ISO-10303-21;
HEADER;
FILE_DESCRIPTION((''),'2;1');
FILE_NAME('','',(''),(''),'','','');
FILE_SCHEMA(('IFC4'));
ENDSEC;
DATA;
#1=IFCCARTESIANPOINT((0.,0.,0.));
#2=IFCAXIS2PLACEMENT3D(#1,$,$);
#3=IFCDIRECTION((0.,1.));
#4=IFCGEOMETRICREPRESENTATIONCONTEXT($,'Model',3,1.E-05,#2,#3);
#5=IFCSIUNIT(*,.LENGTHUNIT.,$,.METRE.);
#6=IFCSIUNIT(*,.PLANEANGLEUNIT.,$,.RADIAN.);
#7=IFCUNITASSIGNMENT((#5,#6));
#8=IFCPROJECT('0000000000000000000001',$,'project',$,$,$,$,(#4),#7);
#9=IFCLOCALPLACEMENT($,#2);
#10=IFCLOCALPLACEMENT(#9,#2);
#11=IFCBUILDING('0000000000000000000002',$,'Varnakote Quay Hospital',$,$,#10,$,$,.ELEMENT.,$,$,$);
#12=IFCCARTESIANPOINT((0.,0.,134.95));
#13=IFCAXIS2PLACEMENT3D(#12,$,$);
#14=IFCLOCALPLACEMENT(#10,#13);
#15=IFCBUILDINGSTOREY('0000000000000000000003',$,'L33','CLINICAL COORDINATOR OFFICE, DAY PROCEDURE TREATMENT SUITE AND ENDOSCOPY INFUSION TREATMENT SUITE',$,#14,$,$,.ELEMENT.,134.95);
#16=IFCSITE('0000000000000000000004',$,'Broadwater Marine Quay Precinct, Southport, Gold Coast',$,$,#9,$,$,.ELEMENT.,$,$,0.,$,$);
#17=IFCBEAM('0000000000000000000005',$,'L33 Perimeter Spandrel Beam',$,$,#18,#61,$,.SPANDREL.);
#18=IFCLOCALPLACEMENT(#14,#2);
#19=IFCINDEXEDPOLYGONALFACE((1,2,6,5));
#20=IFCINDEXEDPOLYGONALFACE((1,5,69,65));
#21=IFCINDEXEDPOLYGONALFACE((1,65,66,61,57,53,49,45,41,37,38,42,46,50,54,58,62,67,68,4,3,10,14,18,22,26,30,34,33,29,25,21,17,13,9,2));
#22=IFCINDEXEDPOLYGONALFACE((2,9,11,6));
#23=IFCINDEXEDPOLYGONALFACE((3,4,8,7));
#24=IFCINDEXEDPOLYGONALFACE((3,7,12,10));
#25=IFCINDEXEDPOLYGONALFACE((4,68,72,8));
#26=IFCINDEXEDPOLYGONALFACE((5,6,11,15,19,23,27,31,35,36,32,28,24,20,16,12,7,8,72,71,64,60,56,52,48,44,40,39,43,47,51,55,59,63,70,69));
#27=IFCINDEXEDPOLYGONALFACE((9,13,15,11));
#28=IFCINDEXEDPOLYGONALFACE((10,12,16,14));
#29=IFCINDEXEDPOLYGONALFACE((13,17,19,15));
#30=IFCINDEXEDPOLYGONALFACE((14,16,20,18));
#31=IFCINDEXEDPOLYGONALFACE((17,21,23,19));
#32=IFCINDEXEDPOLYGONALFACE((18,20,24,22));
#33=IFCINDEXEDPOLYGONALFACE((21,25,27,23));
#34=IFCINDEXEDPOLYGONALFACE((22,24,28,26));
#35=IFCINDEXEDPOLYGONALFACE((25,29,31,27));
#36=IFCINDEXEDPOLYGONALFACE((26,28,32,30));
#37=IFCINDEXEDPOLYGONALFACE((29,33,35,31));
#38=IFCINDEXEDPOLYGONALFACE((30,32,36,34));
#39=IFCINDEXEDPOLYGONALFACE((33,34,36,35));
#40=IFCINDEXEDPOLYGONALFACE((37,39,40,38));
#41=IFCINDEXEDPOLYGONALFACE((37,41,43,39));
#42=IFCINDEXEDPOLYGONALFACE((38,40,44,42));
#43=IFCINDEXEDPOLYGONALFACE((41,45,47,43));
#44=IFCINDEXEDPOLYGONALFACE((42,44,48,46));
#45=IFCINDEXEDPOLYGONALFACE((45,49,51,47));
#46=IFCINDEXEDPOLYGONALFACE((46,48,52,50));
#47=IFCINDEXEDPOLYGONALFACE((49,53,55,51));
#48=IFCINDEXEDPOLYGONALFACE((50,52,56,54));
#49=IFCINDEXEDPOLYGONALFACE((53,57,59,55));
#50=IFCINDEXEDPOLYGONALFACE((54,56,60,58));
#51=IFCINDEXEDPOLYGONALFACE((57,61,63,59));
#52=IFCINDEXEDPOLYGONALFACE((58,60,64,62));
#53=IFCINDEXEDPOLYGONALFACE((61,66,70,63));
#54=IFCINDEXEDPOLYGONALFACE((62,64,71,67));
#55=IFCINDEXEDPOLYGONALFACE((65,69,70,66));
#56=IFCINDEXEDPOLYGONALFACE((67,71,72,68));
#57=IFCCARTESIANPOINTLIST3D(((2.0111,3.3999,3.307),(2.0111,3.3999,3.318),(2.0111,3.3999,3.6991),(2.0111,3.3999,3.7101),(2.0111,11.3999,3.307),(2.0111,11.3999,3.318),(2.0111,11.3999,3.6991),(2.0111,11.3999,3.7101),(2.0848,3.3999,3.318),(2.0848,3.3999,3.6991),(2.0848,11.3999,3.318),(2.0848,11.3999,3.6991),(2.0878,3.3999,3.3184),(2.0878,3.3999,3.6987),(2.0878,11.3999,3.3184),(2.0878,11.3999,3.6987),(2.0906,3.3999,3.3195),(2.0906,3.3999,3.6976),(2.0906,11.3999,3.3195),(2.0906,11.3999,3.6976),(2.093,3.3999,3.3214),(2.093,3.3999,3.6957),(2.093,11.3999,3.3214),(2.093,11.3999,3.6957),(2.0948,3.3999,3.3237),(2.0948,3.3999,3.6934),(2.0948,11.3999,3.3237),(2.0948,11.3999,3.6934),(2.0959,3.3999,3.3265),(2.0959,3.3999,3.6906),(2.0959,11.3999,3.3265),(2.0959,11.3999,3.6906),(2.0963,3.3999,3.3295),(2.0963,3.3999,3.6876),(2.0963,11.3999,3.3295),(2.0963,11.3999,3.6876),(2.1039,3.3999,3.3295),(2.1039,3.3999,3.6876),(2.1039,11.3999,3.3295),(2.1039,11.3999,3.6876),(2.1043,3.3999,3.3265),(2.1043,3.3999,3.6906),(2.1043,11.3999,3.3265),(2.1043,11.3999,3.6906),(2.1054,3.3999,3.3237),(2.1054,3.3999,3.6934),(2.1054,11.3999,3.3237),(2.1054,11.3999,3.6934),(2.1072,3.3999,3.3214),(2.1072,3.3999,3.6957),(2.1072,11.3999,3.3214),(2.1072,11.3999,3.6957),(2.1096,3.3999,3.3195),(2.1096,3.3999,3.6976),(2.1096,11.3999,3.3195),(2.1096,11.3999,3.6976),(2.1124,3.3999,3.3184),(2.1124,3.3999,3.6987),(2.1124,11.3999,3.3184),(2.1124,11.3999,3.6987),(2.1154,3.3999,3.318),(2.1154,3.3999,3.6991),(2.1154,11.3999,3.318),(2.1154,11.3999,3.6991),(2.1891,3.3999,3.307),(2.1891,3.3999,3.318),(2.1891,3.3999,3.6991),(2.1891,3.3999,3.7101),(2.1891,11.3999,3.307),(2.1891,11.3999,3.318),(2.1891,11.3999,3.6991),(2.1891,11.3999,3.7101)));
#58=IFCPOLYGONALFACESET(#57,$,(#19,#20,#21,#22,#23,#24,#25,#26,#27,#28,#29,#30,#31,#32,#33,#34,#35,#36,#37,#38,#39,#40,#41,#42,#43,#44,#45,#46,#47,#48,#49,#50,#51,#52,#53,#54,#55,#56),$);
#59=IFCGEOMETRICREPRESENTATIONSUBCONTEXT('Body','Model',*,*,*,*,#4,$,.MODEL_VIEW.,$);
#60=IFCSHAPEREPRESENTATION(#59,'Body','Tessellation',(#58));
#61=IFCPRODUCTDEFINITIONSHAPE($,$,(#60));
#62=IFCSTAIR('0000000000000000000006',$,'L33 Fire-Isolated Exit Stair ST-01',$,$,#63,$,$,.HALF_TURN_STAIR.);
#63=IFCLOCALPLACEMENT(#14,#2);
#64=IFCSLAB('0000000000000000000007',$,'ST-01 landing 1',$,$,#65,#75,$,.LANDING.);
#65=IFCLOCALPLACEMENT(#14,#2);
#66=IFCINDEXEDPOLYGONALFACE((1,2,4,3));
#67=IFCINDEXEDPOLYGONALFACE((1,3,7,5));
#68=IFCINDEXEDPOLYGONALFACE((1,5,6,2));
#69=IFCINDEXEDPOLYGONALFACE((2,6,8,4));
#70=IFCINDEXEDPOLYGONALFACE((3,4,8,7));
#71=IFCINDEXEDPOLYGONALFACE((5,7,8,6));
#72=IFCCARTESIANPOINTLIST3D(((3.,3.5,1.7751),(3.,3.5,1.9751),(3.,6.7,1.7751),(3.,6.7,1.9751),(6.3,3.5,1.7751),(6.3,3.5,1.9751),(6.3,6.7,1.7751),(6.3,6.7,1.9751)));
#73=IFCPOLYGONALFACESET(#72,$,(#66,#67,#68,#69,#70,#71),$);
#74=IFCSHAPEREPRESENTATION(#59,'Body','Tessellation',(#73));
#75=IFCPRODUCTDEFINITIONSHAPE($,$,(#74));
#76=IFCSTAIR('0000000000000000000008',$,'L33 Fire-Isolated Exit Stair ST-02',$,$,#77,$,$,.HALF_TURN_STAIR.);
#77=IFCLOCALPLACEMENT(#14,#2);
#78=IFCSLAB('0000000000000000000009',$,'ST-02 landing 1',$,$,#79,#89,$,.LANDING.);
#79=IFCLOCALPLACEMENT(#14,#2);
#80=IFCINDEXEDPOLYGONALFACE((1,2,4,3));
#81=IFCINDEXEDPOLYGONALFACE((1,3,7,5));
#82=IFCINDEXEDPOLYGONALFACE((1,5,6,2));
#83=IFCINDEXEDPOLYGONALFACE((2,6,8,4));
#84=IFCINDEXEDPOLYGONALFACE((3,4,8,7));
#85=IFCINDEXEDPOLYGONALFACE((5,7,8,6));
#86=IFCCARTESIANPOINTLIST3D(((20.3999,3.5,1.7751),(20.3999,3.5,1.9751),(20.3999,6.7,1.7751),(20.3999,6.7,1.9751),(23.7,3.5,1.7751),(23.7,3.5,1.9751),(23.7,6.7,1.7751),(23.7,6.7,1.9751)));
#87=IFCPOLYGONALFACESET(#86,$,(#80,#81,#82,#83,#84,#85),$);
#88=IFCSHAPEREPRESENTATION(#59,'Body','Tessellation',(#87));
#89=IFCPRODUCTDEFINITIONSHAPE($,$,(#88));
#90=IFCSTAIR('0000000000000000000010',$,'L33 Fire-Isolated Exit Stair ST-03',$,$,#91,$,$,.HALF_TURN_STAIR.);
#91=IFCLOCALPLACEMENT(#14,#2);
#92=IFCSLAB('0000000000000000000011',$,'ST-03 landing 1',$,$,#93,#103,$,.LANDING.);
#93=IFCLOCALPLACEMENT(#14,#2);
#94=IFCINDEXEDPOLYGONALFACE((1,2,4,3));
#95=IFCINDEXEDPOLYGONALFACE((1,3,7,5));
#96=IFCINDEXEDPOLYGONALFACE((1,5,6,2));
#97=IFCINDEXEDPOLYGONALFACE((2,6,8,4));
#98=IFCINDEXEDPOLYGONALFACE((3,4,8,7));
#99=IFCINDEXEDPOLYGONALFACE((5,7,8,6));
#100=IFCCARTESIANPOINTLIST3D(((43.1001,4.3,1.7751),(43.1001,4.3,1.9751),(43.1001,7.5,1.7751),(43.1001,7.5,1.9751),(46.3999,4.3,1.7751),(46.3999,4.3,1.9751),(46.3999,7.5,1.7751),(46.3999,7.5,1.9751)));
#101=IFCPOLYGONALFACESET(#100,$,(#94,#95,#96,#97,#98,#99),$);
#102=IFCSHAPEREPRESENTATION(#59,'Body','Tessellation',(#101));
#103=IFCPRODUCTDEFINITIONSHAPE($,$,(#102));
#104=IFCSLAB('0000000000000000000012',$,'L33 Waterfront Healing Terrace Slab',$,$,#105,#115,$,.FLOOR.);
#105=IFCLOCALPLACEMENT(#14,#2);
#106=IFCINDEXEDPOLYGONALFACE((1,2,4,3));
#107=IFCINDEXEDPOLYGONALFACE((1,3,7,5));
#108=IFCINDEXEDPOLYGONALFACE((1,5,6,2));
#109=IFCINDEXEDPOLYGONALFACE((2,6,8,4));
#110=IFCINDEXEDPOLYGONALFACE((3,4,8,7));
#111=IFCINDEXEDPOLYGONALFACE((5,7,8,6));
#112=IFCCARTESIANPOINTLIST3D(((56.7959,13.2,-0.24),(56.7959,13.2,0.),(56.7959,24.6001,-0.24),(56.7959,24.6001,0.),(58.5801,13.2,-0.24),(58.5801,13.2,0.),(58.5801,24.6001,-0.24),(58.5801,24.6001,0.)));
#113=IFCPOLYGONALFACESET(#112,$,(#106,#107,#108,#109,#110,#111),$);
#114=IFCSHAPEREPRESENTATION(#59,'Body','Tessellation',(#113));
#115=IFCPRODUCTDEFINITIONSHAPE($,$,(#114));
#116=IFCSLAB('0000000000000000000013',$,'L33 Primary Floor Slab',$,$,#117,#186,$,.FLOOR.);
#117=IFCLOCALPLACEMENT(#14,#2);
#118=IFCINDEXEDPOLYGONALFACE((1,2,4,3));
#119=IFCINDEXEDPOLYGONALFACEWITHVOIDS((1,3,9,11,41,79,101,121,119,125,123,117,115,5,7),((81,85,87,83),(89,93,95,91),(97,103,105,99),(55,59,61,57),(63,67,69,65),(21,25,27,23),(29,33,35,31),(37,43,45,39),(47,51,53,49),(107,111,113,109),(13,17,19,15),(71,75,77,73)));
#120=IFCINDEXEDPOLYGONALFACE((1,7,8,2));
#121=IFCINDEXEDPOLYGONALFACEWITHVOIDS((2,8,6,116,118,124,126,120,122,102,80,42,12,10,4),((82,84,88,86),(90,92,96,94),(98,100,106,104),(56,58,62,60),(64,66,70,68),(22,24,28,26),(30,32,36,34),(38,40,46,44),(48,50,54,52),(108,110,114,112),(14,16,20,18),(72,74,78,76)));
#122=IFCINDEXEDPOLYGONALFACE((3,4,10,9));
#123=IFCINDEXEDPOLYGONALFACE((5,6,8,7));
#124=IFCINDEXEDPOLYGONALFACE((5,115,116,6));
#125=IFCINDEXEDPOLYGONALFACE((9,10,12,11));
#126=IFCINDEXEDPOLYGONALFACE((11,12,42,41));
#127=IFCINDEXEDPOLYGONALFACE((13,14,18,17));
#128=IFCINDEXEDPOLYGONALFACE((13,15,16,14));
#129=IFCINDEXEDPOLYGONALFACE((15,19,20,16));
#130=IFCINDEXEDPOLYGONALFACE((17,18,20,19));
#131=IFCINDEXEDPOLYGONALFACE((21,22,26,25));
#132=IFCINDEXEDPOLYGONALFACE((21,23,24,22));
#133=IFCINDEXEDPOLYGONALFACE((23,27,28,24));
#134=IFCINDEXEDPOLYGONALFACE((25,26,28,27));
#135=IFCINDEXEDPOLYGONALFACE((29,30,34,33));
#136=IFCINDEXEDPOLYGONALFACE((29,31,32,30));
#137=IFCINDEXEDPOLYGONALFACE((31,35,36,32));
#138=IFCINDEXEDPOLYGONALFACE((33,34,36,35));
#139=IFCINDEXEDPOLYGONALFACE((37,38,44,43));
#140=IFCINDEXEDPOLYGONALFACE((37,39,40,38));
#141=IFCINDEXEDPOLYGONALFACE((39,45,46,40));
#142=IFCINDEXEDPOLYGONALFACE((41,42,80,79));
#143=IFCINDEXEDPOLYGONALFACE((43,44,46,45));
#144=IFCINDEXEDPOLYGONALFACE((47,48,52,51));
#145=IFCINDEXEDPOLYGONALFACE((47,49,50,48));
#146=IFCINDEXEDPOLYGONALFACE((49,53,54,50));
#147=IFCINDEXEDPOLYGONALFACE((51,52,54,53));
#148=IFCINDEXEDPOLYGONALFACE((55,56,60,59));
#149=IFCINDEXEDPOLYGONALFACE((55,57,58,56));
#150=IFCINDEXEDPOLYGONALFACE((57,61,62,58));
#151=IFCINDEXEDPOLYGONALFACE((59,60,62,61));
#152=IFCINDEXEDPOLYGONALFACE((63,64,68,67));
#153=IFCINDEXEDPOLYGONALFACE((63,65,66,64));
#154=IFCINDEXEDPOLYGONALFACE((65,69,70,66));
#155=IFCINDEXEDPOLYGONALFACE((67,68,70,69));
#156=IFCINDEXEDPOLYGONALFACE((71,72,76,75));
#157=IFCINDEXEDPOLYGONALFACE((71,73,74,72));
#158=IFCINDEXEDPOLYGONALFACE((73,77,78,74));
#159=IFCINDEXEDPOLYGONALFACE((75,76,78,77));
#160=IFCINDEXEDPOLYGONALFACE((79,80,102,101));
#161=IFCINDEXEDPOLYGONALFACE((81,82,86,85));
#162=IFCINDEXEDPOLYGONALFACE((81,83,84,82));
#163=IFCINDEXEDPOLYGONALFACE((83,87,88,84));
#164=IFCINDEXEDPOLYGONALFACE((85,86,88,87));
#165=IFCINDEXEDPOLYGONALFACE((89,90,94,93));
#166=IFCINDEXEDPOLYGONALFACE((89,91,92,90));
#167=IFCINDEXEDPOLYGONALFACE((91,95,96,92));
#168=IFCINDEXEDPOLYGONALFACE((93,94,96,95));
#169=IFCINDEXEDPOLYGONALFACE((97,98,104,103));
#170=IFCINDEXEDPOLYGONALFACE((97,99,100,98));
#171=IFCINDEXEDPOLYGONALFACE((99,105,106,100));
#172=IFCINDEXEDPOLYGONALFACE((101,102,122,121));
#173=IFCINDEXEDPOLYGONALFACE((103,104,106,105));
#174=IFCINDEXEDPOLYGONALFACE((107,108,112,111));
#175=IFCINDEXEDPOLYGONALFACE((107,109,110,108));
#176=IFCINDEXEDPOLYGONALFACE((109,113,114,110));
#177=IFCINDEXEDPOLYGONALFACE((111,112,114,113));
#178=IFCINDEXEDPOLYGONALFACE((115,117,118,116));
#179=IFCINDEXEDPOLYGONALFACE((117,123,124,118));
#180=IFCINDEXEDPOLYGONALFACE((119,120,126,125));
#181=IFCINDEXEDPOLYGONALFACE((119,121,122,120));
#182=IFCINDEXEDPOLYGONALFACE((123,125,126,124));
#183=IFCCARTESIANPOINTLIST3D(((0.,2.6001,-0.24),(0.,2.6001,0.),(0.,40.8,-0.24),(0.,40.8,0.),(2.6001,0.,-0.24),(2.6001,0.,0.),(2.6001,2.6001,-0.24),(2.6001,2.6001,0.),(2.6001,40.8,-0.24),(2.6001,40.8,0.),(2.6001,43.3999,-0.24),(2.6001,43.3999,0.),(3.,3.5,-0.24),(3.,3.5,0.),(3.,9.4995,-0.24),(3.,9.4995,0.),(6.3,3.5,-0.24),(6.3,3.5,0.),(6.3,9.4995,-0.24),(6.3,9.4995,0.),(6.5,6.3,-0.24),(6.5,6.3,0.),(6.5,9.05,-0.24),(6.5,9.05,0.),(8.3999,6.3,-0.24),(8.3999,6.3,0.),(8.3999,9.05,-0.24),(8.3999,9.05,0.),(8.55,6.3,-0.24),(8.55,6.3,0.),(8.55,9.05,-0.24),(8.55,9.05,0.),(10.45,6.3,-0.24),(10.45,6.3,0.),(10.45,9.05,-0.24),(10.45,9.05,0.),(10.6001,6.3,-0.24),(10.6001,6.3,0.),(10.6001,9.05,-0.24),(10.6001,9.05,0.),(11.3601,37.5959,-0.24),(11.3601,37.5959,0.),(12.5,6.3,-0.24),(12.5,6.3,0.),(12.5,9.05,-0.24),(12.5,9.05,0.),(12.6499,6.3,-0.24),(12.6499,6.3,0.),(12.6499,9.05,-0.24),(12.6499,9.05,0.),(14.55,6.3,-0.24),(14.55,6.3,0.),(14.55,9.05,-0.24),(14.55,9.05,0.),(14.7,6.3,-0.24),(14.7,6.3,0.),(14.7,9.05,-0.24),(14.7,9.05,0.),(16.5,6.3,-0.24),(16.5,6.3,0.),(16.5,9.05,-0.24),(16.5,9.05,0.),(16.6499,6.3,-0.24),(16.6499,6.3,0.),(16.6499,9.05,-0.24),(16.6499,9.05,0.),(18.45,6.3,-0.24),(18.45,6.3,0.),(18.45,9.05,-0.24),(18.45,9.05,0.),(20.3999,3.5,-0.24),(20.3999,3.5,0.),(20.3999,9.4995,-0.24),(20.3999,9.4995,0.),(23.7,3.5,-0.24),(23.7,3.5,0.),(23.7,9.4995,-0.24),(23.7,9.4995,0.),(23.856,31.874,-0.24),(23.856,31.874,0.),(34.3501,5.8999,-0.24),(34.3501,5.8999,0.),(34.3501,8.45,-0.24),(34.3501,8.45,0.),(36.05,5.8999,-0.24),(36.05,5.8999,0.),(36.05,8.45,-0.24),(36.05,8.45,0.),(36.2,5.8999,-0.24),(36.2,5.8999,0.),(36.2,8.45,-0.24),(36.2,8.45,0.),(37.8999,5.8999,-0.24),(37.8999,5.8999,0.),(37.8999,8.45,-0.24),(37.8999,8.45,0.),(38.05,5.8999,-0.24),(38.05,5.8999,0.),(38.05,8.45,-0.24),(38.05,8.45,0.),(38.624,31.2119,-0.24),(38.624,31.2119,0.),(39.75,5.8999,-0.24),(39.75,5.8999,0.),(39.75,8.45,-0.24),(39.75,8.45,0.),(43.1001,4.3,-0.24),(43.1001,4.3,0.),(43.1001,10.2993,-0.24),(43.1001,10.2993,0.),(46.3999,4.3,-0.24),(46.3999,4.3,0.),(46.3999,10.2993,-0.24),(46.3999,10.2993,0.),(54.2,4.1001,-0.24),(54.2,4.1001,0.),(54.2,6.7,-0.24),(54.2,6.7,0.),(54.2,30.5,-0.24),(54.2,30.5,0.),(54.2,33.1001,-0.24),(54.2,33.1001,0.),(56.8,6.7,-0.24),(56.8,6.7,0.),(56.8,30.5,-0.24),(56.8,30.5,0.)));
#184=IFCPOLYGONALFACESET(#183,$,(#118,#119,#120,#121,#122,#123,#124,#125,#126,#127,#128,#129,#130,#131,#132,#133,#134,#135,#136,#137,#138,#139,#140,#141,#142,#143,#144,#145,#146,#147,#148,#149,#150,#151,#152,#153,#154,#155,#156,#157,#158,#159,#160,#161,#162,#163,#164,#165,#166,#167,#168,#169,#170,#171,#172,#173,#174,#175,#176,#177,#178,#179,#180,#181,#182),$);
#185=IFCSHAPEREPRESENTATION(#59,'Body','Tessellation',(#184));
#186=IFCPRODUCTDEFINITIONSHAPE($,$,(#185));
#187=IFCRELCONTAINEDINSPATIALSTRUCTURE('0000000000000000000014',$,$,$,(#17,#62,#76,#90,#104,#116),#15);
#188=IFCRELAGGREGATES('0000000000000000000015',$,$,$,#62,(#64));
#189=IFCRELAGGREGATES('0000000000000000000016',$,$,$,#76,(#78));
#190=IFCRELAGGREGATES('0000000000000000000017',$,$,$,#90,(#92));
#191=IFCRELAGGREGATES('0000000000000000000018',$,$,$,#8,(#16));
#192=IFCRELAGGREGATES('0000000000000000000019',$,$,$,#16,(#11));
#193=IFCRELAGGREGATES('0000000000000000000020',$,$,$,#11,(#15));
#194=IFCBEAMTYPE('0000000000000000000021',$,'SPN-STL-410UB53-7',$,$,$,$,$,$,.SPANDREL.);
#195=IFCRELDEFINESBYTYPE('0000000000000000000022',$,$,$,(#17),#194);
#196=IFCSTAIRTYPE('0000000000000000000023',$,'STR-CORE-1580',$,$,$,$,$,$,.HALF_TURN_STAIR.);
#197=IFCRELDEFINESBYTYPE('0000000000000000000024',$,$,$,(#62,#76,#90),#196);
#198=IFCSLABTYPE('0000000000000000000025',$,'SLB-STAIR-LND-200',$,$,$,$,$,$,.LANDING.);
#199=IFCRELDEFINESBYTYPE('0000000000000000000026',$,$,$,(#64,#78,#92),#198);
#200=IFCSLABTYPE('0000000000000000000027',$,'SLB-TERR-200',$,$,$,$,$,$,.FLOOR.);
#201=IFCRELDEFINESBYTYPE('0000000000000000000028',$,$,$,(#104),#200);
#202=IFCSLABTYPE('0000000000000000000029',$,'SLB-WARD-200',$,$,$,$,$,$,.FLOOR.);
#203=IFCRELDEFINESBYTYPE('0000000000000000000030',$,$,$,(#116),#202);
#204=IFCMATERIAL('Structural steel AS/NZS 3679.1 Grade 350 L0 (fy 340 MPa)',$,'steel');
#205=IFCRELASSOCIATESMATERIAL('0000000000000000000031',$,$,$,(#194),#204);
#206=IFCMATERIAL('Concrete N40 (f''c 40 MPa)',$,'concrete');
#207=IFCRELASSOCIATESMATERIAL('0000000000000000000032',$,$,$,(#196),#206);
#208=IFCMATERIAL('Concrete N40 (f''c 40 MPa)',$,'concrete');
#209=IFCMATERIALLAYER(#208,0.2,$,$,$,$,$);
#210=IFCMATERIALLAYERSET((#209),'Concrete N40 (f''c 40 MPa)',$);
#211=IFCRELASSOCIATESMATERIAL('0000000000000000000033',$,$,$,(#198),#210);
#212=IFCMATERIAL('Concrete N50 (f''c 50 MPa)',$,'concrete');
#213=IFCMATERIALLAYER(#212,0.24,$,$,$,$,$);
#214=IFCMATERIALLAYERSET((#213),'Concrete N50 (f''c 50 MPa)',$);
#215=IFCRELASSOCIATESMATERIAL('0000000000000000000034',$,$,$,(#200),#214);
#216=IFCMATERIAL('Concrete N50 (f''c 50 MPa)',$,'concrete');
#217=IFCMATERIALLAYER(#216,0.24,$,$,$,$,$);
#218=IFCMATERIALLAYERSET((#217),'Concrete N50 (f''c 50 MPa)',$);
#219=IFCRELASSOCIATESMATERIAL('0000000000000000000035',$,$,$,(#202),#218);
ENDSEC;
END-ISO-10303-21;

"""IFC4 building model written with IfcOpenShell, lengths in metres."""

from ifc_helpers import new_model, si_unit, direction, frame, origin, origin_2d, place, context, subcontext, project, spatial, polyline, i_section, outline, extrude, material, layer, layer_set, material_profile, profile_set, type_object, element, aggregate, save


model = new_model("IFC4")

# Units and contexts
model_context = context("Model", 3, precision=1e-05, world=origin(), true_north=direction((0.0, 1.0)))
body_context = subcontext(model_context, "Body", "Model", "MODEL_VIEW")
ifc_project = project(units=[si_unit("LENGTHUNIT", "METRE"), si_unit("PLANEANGLEUNIT", "RADIAN")], contexts=[model_context])

# Site, building, storey
site_placement = place(None, origin())
site = spatial("IfcSite", under=ifc_project, at=site_placement, Name="Broadwater Marine Quay Precinct, Southport, Gold Coast", CompositionType="ELEMENT", RefElevation=0.0)
building_placement = place(site_placement, origin())
building = spatial("IfcBuilding", under=site, at=building_placement, Name="Varnakote Quay Hospital", CompositionType="ELEMENT")
storey_placement = place(building_placement, frame((0.0, 0.0, 134.95)))
storey = spatial("IfcBuildingStorey", under=building, at=storey_placement, Name="L33", Description="CLINICAL COORDINATOR OFFICE, DAY PROCEDURE TREATMENT SUITE AND ENDOSCOPY INFUSION TREATMENT SUITE", CompositionType="ELEMENT", Elevation=134.95)

# Beam
ifc_material_1 = material(Name="Structural steel AS/NZS 3679.1 Grade 350 L0 (fy 340 MPa)", Category="steel")
ifc_material_profile_1 = material_profile(ifc_material_1, i_section(OverallWidth=0.178, OverallDepth=0.4031, WebThickness=0.0076, FlangeThickness=0.011, FilletRadius=0.0115, at=origin_2d()), Name="410UB53.7")
ifc_profile_set_1 = profile_set([ifc_material_profile_1], Name="Structural steel AS/NZS 3679.1 Grade 350 L0 (fy 340 MPa)")
beam_type_1 = type_object("IfcBeamType", Name="SPN-STL-410UB53-7", PredefinedType="SPANDREL", material=ifc_profile_set_1)
beam_1_placement = place(storey_placement, frame((2.1001, 3.3999, 3.5085), z_axis=(0.0, 1.0, 0.0), x_axis=(-1.0, 0.0, 0.0)))
element("IfcBeam", 1, at=beam_1_placement, inside=storey, type_object=beam_type_1, Name="L33 Perimeter Spandrel Beam", PredefinedType="SPANDREL", context=body_context, shape_type="SweptSolid", body=[
    extrude(i_section(OverallWidth=0.178, OverallDepth=0.4031, WebThickness=0.0076, FlangeThickness=0.011, FilletRadius=0.0115, at=origin_2d()), origin(), (0.0, 0.0, 1.0), 8.0),
])

# Stairs, slabs
ifc_material_2 = material(Name="Concrete N40 (f'c 40 MPa)", Category="concrete")
stair_type = type_object("IfcStairType", Name="STR-CORE-1580", PredefinedType="HALF_TURN_STAIR", material=ifc_material_2)
stair_1_placement = place(storey_placement, origin())
stair_1 = element("IfcStair", 2, at=stair_1_placement, inside=storey, type_object=stair_type, Name="L33 Fire-Isolated Exit Stair ST-01", PredefinedType="HALF_TURN_STAIR")
ifc_material_3 = material(Name="Concrete N40 (f'c 40 MPa)", Category="concrete")
ifc_layer_1 = layer(ifc_material_3, 0.2)
ifc_layer_set_1 = layer_set([ifc_layer_1], Name="Concrete N40 (f'c 40 MPa)")
slab_type_1 = type_object("IfcSlabType", Name="SLB-STAIR-LND-200", PredefinedType="LANDING", material=ifc_layer_set_1)
slab_1_placement = place(storey_placement, frame((0.0, 0.0, 1.7751)))
slab_1 = element("IfcSlab", 3, at=slab_1_placement, type_object=slab_type_1, Name="ST-01 landing 1", PredefinedType="LANDING", context=body_context, shape_type="SweptSolid", body=[
    extrude(outline(polyline([(3.0, 6.7), (3.0, 3.5), (6.3, 3.5), (6.3, 6.7), (3.0, 6.7)])), origin(), (0.0, 0.0, 1.0), 0.2),
])
aggregate(stair_1, [slab_1])
stair_2_placement = place(storey_placement, origin())
stair_2 = element("IfcStair", 4, at=stair_2_placement, inside=storey, type_object=stair_type, Name="L33 Fire-Isolated Exit Stair ST-02", PredefinedType="HALF_TURN_STAIR")
slab_2_placement = place(storey_placement, frame((0.0, 0.0, 1.7751)))
slab_2 = element("IfcSlab", 5, at=slab_2_placement, type_object=slab_type_1, Name="ST-02 landing 1", PredefinedType="LANDING", context=body_context, shape_type="SweptSolid", body=[
    extrude(outline(polyline([(20.3999, 6.7), (20.3999, 3.5), (23.7, 3.5), (23.7, 6.7), (20.3999, 6.7)])), origin(), (0.0, 0.0, 1.0), 0.2),
])
aggregate(stair_2, [slab_2])
stair_3_placement = place(storey_placement, origin())
stair_3 = element("IfcStair", 6, at=stair_3_placement, inside=storey, type_object=stair_type, Name="L33 Fire-Isolated Exit Stair ST-03", PredefinedType="HALF_TURN_STAIR")
slab_3_placement = place(storey_placement, frame((0.0, 0.0, 1.7751)))
slab_3 = element("IfcSlab", 7, at=slab_3_placement, type_object=slab_type_1, Name="ST-03 landing 1", PredefinedType="LANDING", context=body_context, shape_type="SweptSolid", body=[
    extrude(outline(polyline([(43.1001, 7.5), (43.1001, 4.3), (46.3999, 4.3), (46.3999, 7.5), (43.1001, 7.5)])), origin(), (0.0, 0.0, 1.0), 0.2),
])
aggregate(stair_3, [slab_3])

# Slabs
ifc_material_4 = material(Name="Concrete N50 (f'c 50 MPa)", Category="concrete")
ifc_layer_2 = layer(ifc_material_4, 0.24)
ifc_layer_set_2 = layer_set([ifc_layer_2], Name="Concrete N50 (f'c 50 MPa)")
slab_type_2 = type_object("IfcSlabType", Name="SLB-TERR-200", PredefinedType="FLOOR", material=ifc_layer_set_2)
slab_4_placement = place(storey_placement, frame((0.0, 0.0, -0.24)))
element("IfcSlab", 8, at=slab_4_placement, inside=storey, type_object=slab_type_2, Name="L33 Waterfront Healing Terrace Slab", PredefinedType="FLOOR", context=body_context, shape_type="SweptSolid", body=[
    extrude(outline(polyline([(56.7959, 13.2), (58.5801, 13.2), (58.5801, 24.6001), (56.7959, 24.6001), (56.7959, 13.2)])), origin(), (0.0, 0.0, 1.0), 0.24),
])
ifc_material_5 = material(Name="Concrete N50 (f'c 50 MPa)", Category="concrete")
ifc_layer_3 = layer(ifc_material_5, 0.24)
ifc_layer_set_3 = layer_set([ifc_layer_3], Name="Concrete N50 (f'c 50 MPa)")
slab_type_3 = type_object("IfcSlabType", Name="SLB-WARD-200", PredefinedType="FLOOR", material=ifc_layer_set_3)
slab_5_placement = place(storey_placement, frame((0.0, 0.0, -0.24)))
element("IfcSlab", 9, at=slab_5_placement, inside=storey, type_object=slab_type_3, Name="L33 Primary Floor Slab", PredefinedType="FLOOR", context=body_context, shape_type="SweptSolid", body=[
    extrude(outline(polyline([(0.0, 2.6001), (2.6001, 2.6001), (2.6001, 0.0), (54.2, 4.1001), (54.2, 6.7), (56.8, 6.7), (56.8, 30.5), (54.2, 30.5), (54.2, 33.1001), (38.624, 31.2119), (23.856, 31.874), (11.3601, 37.5959), (2.6001, 43.3999), (2.6001, 40.8), (0.0, 40.8), (0.0, 2.6001)]), holes=[polyline([(3.0, 3.5), (6.3, 3.5), (6.3, 9.4995), (3.0, 9.4995), (3.0, 3.5)]), polyline([(20.3999, 3.5), (23.7, 3.5), (23.7, 9.4995), (20.3999, 9.4995), (20.3999, 3.5)]), polyline([(43.1001, 4.3), (46.3999, 4.3), (46.3999, 10.2993), (43.1001, 10.2993), (43.1001, 4.3)]), polyline([(6.5, 6.3), (8.3999, 6.3), (8.3999, 9.05), (6.5, 9.05), (6.5, 6.3)]), polyline([(8.55, 6.3), (10.45, 6.3), (10.45, 9.05), (8.55, 9.05), (8.55, 6.3)]), polyline([(10.6001, 6.3), (12.5, 6.3), (12.5, 9.05), (10.6001, 9.05), (10.6001, 6.3)]), polyline([(12.6499, 6.3), (14.55, 6.3), (14.55, 9.05), (12.6499, 9.05), (12.6499, 6.3)]), polyline([(14.7, 6.3), (16.5, 6.3), (16.5, 9.05), (14.7, 9.05), (14.7, 6.3)]), polyline([(16.6499, 6.3), (18.45, 6.3), (18.45, 9.05), (16.6499, 9.05), (16.6499, 6.3)]), polyline([(34.3501, 5.8999), (36.05, 5.8999), (36.05, 8.45), (34.3501, 8.45), (34.3501, 5.8999)]), polyline([(36.2, 5.8999), (37.8999, 5.8999), (37.8999, 8.45), (36.2, 8.45), (36.2, 5.8999)]), polyline([(38.05, 5.8999), (39.75, 5.8999), (39.75, 8.45), (38.05, 8.45), (38.05, 5.8999)])]), origin(), (0.0, 0.0, 1.0), 0.24),
])

save(model, "model.ifc")
